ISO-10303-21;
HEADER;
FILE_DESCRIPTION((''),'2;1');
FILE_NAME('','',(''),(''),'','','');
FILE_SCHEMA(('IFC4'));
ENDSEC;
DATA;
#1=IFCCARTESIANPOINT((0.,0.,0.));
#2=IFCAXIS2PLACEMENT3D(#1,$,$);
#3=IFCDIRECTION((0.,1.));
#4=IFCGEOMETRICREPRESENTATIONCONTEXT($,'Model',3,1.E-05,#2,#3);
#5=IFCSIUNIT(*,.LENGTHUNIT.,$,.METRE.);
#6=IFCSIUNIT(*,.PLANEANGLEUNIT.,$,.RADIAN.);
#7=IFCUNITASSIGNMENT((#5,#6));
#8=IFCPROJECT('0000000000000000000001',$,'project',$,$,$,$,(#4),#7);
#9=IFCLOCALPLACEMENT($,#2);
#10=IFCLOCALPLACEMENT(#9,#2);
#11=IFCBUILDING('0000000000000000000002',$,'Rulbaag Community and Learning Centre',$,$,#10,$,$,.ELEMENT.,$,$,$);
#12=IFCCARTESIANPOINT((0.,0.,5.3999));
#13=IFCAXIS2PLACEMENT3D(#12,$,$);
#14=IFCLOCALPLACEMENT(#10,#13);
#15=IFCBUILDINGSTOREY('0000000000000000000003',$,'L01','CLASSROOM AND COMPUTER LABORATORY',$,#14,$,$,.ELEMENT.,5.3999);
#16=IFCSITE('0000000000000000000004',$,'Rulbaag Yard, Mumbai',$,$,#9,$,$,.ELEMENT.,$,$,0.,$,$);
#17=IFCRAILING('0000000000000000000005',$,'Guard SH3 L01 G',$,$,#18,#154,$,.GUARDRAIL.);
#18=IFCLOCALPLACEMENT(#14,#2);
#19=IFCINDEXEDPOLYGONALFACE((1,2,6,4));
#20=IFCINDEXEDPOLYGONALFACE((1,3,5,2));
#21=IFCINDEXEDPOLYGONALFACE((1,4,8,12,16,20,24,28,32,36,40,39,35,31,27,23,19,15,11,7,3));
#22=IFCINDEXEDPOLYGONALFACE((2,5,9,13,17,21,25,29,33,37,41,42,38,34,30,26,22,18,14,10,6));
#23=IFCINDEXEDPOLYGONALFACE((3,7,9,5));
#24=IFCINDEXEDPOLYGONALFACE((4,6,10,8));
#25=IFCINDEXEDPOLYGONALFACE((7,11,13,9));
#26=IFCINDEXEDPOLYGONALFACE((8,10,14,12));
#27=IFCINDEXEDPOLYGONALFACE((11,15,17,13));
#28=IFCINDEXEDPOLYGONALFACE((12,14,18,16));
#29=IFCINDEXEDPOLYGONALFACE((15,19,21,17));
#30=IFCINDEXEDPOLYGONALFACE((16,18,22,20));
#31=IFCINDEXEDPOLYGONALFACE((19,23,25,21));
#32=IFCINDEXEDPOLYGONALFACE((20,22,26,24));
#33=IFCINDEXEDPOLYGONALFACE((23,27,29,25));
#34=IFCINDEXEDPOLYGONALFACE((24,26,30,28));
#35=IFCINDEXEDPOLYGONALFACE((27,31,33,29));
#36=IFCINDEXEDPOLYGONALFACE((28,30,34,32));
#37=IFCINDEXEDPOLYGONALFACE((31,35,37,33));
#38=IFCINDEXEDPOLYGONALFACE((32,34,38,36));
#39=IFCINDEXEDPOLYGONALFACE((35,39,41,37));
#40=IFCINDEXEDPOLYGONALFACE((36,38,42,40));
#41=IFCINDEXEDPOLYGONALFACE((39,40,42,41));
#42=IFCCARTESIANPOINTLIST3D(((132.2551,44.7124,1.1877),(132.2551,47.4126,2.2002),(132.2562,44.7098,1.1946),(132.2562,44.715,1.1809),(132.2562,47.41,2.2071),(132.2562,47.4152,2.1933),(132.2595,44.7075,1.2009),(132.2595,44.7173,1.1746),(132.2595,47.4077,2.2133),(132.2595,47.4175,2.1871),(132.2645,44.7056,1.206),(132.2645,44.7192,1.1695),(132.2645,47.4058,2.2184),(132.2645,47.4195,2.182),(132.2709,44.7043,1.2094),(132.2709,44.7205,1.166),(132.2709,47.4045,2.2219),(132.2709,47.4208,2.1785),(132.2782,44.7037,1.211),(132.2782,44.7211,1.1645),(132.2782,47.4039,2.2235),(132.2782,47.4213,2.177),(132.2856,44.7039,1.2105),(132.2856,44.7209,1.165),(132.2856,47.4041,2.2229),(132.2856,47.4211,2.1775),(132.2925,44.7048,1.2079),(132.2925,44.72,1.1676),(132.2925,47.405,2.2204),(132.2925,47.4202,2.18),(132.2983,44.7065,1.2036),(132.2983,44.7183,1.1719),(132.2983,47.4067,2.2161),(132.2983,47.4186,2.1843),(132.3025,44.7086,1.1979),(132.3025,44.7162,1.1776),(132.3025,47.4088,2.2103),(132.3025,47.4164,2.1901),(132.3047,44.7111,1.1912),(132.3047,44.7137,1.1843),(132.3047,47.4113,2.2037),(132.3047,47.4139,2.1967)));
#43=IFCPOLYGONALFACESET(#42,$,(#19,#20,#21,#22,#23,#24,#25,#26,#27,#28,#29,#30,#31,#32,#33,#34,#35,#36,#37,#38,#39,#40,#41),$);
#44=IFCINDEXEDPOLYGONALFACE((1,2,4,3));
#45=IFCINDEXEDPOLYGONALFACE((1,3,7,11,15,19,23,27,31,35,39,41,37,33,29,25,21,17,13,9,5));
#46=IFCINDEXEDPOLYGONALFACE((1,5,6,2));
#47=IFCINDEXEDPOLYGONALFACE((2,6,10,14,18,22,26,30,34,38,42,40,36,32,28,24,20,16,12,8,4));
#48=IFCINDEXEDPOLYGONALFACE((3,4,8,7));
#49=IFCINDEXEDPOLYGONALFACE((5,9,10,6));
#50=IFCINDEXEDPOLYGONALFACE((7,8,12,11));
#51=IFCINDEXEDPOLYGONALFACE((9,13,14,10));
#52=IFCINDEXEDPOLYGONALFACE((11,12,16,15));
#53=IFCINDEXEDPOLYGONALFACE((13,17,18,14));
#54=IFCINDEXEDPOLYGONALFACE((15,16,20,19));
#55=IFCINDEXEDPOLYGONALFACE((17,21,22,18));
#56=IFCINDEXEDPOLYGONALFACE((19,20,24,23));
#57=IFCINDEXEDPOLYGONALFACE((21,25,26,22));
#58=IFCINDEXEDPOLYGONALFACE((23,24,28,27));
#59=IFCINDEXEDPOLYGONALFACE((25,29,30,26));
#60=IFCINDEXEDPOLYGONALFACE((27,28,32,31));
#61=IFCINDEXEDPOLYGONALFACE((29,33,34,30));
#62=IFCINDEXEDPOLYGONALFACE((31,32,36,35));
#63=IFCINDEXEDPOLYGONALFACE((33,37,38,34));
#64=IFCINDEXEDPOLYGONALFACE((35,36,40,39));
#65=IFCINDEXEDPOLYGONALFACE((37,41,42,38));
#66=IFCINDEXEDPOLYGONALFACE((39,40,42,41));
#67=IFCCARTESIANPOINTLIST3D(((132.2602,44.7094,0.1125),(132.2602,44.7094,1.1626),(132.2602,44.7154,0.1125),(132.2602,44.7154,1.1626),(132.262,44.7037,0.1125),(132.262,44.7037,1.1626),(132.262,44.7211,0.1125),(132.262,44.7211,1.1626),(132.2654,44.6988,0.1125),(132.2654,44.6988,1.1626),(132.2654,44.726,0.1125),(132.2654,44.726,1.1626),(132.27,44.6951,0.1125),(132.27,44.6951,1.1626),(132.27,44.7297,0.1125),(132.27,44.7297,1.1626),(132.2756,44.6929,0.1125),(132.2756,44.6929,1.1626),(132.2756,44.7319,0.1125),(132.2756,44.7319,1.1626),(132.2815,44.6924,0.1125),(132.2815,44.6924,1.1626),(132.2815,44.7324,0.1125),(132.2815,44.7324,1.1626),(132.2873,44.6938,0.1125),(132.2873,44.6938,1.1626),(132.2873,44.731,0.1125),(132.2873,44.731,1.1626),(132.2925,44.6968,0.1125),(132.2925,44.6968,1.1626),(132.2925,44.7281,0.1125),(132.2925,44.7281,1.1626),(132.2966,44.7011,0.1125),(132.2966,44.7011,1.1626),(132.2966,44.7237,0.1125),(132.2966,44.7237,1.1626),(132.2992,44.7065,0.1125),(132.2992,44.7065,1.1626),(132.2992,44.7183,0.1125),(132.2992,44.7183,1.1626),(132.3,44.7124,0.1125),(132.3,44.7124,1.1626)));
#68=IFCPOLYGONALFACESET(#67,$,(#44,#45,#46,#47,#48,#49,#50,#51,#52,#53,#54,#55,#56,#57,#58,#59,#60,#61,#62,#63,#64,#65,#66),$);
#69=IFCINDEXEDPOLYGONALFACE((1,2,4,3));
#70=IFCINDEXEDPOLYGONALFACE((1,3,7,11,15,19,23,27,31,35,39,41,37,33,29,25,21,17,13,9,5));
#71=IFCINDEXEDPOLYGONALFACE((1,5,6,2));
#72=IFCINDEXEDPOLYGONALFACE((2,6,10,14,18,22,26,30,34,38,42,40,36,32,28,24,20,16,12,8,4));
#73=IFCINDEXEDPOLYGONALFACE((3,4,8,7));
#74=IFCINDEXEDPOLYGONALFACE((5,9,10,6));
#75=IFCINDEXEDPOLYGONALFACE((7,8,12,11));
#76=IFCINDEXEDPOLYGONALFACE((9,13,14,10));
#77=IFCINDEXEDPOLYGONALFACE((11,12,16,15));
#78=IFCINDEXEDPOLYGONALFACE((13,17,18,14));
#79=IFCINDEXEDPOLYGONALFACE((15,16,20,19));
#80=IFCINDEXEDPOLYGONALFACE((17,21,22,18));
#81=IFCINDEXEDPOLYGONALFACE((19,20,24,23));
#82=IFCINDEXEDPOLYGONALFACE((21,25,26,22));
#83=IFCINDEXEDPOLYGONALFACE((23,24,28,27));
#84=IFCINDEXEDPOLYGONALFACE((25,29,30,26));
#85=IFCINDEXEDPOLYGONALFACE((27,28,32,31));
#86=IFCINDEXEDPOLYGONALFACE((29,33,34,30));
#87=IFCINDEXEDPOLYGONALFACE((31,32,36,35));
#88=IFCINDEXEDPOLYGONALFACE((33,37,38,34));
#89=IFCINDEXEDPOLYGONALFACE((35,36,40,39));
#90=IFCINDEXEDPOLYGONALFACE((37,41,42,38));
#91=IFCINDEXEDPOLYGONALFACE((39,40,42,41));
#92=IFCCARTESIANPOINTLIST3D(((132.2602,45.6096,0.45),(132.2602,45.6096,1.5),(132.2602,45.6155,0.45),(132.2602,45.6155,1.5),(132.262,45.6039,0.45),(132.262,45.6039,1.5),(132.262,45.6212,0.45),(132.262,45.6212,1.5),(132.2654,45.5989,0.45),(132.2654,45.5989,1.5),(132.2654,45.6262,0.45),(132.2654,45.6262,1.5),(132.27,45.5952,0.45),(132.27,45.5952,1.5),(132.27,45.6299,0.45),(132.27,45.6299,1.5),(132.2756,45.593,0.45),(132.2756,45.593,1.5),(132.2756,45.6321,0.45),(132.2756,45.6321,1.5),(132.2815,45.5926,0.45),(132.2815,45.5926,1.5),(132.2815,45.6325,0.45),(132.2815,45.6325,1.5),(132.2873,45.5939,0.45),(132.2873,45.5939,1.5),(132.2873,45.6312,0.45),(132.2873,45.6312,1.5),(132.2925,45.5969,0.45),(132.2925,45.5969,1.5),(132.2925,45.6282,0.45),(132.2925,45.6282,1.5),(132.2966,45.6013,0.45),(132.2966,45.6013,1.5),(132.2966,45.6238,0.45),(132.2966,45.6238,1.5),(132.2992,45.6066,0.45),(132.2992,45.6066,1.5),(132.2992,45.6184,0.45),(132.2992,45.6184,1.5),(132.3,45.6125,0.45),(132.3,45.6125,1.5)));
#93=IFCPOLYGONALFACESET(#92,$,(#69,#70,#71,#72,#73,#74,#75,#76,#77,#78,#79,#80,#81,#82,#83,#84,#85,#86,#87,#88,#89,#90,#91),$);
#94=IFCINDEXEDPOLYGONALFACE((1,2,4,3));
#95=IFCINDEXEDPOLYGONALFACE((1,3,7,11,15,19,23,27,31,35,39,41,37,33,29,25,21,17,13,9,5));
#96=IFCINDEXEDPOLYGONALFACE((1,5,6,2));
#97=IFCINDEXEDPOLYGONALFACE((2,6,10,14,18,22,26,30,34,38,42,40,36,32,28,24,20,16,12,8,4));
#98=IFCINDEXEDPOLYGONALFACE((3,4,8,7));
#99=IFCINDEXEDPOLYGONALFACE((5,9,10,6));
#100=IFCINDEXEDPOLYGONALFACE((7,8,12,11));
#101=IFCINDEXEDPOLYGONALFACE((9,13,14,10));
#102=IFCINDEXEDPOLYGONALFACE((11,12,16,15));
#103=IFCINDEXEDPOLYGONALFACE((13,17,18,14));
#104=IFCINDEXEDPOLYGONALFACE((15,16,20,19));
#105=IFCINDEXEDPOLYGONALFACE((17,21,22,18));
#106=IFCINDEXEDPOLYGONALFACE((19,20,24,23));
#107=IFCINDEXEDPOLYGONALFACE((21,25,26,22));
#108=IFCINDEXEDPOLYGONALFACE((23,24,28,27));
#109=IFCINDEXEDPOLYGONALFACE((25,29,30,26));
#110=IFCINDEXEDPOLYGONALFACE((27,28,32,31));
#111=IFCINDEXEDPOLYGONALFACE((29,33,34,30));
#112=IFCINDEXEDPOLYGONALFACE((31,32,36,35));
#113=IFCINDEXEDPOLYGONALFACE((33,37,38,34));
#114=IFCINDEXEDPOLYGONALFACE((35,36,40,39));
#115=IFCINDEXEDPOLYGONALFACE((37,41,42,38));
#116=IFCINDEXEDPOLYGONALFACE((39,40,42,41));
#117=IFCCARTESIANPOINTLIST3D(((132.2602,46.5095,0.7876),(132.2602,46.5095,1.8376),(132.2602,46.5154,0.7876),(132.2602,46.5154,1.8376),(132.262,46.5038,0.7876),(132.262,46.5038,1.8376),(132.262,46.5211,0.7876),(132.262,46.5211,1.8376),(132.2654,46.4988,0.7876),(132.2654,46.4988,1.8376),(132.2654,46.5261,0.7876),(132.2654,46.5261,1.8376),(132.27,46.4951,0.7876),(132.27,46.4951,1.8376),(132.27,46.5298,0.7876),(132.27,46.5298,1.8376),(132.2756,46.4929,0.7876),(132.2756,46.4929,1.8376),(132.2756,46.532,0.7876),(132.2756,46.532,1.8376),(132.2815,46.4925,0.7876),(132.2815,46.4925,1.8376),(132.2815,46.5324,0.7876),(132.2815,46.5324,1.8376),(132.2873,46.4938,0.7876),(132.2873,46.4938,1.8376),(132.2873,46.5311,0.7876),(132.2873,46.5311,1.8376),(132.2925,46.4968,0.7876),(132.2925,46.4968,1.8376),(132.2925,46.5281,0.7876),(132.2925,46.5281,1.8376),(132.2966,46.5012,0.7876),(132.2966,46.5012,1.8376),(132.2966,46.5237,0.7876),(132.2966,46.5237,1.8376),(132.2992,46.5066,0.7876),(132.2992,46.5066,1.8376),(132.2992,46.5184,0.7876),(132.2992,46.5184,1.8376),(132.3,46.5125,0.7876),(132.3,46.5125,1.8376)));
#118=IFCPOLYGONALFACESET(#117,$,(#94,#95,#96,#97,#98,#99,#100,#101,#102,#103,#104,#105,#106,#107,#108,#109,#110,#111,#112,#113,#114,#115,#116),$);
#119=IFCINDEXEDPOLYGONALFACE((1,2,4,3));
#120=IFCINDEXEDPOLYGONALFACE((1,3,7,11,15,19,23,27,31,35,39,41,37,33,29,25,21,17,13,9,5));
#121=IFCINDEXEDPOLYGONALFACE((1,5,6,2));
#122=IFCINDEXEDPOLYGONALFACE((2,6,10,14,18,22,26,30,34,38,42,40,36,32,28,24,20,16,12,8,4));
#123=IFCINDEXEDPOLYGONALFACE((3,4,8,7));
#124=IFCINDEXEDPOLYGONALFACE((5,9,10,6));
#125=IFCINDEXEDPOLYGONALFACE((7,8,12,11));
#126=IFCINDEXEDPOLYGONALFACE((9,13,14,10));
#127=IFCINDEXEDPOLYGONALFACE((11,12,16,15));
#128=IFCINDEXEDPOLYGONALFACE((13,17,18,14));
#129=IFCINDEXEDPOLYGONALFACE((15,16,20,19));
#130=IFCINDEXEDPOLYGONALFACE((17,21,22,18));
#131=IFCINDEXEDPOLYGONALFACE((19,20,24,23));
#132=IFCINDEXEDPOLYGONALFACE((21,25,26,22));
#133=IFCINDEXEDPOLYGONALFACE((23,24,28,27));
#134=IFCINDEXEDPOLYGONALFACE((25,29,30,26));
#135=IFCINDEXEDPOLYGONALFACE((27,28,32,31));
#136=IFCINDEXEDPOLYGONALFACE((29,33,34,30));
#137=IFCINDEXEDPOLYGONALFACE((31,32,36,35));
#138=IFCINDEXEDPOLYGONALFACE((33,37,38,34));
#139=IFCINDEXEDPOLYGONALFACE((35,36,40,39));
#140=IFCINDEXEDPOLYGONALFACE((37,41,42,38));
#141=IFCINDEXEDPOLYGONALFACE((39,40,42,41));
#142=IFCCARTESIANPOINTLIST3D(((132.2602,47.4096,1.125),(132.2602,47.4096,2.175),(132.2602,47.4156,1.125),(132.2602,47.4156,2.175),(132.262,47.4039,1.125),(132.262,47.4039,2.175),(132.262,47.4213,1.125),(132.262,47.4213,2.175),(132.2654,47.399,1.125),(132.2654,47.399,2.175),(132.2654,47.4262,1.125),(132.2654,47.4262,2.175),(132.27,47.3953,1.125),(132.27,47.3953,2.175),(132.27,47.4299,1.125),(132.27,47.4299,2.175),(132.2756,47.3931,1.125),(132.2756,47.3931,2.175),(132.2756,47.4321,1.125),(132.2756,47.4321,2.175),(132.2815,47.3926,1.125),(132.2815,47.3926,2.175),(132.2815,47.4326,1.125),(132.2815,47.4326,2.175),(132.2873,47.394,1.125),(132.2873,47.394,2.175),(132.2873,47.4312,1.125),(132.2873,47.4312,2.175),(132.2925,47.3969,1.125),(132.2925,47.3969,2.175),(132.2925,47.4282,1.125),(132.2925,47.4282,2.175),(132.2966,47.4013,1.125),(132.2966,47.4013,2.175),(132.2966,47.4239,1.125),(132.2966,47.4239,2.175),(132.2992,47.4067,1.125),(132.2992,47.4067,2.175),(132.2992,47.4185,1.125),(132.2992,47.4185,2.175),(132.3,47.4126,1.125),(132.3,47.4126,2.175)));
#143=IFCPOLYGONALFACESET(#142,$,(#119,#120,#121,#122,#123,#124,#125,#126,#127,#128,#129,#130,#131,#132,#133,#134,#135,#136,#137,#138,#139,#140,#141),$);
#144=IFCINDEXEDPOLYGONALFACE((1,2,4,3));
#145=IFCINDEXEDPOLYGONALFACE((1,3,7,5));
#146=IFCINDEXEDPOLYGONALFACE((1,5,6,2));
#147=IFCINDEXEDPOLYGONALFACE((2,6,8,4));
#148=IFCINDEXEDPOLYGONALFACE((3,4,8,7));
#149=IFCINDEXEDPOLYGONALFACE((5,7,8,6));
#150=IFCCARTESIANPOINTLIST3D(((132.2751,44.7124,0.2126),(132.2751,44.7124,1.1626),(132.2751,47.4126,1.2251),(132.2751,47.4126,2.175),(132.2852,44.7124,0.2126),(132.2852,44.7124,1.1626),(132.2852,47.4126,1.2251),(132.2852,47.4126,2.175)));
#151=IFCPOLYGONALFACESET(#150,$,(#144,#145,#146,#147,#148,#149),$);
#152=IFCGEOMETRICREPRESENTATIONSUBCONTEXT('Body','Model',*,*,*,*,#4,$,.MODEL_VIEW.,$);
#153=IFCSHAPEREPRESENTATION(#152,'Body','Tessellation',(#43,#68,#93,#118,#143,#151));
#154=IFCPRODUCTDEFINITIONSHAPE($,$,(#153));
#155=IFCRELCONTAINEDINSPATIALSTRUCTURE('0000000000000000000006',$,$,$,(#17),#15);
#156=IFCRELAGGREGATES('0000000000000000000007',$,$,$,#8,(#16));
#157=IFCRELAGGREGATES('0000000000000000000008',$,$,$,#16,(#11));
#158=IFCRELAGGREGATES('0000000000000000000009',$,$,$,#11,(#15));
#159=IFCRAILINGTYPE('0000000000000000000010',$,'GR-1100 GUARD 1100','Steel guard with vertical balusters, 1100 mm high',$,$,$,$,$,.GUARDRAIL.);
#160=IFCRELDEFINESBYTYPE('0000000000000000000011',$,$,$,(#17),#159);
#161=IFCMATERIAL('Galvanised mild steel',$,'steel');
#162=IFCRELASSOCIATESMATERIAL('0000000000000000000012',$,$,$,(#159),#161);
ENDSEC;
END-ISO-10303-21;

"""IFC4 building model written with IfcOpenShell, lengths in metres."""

from ifc_helpers import new_model, si_unit, direction, frame, origin, origin_2d, place, context, subcontext, project, spatial, polyline, circle, outline, extrude, material, type_object, element, save


model = new_model("IFC4")

# Units and contexts
model_context = context("Model", 3, precision=1e-05, world=origin(), true_north=direction((0.0, 1.0)))
body_context = subcontext(model_context, "Body", "Model", "MODEL_VIEW")
ifc_project = project(units=[si_unit("LENGTHUNIT", "METRE"), si_unit("PLANEANGLEUNIT", "RADIAN")], contexts=[model_context])

# Site, building, storey
site_placement = place(None, origin())
site = spatial("IfcSite", under=ifc_project, at=site_placement, Name="Rulbaag Yard, Mumbai", CompositionType="ELEMENT", RefElevation=0.0)
building_placement = place(site_placement, origin())
building = spatial("IfcBuilding", under=site, at=building_placement, Name="Rulbaag Community and Learning Centre", CompositionType="ELEMENT")
storey_placement = place(building_placement, frame((0.0, 0.0, 5.3999)))
storey = spatial("IfcBuildingStorey", under=building, at=storey_placement, Name="L01", Description="CLASSROOM AND COMPUTER LABORATORY", CompositionType="ELEMENT", Elevation=5.3999)

# Railing
ifc_material_1 = material(Name="Galvanised mild steel", Category="steel")
railing_type_1 = type_object("IfcRailingType", Name="GR-1100 GUARD 1100", Description="Steel guard with vertical balusters, 1100 mm high", PredefinedType="GUARDRAIL", material=ifc_material_1)
for number, where, name in (
    (1, (132.28, 44.7124, 0.1125), "Guard SH3 L01 G"),
):
    element("IfcRailing", number, at=place(storey_placement, frame(where)), inside=storey, type_object=railing_type_1, Name=name, PredefinedType="GUARDRAIL", context=body_context, shape_type="SweptSolid", body=[
        extrude(circle(Radius=0.0249, at=origin_2d()), frame((0.0, 0.0, 1.0752), z_axis=(0.0, 0.936343, 0.351086), x_axis=(-1.0, 0.0, 0.0)), (0.0, 0.0, 1.0), 2.8838),
        extrude(circle(Radius=0.02, at=origin_2d()), origin(), (0.0, 0.0, 1.0), 1.05),
        extrude(circle(Radius=0.02, at=origin_2d()), frame((0.0, 0.9001, 0.3374)), (0.0, 0.0, 1.0), 1.05),
        extrude(circle(Radius=0.02, at=origin_2d()), frame((0.0, 1.8, 0.675)), (0.0, 0.0, 1.0), 1.05),
        extrude(circle(Radius=0.02, at=origin_2d()), frame((0.0, 2.7002, 1.0125)), (0.0, 0.0, 1.0), 1.05),
        extrude(outline(polyline([(0.0, 0.0), (2.7002, 1.0125), (2.7002, 1.9624), (0.0, 0.95), (0.0, 0.0)])), frame((-0.0049, 0.0, 0.1001), z_axis=(1.0, 0.0, 0.0), x_axis=(0.0, 1.0, 0.0)), (0.0, 0.0, 1.0), 0.01),
    ])

save(model, "model.ifc")
